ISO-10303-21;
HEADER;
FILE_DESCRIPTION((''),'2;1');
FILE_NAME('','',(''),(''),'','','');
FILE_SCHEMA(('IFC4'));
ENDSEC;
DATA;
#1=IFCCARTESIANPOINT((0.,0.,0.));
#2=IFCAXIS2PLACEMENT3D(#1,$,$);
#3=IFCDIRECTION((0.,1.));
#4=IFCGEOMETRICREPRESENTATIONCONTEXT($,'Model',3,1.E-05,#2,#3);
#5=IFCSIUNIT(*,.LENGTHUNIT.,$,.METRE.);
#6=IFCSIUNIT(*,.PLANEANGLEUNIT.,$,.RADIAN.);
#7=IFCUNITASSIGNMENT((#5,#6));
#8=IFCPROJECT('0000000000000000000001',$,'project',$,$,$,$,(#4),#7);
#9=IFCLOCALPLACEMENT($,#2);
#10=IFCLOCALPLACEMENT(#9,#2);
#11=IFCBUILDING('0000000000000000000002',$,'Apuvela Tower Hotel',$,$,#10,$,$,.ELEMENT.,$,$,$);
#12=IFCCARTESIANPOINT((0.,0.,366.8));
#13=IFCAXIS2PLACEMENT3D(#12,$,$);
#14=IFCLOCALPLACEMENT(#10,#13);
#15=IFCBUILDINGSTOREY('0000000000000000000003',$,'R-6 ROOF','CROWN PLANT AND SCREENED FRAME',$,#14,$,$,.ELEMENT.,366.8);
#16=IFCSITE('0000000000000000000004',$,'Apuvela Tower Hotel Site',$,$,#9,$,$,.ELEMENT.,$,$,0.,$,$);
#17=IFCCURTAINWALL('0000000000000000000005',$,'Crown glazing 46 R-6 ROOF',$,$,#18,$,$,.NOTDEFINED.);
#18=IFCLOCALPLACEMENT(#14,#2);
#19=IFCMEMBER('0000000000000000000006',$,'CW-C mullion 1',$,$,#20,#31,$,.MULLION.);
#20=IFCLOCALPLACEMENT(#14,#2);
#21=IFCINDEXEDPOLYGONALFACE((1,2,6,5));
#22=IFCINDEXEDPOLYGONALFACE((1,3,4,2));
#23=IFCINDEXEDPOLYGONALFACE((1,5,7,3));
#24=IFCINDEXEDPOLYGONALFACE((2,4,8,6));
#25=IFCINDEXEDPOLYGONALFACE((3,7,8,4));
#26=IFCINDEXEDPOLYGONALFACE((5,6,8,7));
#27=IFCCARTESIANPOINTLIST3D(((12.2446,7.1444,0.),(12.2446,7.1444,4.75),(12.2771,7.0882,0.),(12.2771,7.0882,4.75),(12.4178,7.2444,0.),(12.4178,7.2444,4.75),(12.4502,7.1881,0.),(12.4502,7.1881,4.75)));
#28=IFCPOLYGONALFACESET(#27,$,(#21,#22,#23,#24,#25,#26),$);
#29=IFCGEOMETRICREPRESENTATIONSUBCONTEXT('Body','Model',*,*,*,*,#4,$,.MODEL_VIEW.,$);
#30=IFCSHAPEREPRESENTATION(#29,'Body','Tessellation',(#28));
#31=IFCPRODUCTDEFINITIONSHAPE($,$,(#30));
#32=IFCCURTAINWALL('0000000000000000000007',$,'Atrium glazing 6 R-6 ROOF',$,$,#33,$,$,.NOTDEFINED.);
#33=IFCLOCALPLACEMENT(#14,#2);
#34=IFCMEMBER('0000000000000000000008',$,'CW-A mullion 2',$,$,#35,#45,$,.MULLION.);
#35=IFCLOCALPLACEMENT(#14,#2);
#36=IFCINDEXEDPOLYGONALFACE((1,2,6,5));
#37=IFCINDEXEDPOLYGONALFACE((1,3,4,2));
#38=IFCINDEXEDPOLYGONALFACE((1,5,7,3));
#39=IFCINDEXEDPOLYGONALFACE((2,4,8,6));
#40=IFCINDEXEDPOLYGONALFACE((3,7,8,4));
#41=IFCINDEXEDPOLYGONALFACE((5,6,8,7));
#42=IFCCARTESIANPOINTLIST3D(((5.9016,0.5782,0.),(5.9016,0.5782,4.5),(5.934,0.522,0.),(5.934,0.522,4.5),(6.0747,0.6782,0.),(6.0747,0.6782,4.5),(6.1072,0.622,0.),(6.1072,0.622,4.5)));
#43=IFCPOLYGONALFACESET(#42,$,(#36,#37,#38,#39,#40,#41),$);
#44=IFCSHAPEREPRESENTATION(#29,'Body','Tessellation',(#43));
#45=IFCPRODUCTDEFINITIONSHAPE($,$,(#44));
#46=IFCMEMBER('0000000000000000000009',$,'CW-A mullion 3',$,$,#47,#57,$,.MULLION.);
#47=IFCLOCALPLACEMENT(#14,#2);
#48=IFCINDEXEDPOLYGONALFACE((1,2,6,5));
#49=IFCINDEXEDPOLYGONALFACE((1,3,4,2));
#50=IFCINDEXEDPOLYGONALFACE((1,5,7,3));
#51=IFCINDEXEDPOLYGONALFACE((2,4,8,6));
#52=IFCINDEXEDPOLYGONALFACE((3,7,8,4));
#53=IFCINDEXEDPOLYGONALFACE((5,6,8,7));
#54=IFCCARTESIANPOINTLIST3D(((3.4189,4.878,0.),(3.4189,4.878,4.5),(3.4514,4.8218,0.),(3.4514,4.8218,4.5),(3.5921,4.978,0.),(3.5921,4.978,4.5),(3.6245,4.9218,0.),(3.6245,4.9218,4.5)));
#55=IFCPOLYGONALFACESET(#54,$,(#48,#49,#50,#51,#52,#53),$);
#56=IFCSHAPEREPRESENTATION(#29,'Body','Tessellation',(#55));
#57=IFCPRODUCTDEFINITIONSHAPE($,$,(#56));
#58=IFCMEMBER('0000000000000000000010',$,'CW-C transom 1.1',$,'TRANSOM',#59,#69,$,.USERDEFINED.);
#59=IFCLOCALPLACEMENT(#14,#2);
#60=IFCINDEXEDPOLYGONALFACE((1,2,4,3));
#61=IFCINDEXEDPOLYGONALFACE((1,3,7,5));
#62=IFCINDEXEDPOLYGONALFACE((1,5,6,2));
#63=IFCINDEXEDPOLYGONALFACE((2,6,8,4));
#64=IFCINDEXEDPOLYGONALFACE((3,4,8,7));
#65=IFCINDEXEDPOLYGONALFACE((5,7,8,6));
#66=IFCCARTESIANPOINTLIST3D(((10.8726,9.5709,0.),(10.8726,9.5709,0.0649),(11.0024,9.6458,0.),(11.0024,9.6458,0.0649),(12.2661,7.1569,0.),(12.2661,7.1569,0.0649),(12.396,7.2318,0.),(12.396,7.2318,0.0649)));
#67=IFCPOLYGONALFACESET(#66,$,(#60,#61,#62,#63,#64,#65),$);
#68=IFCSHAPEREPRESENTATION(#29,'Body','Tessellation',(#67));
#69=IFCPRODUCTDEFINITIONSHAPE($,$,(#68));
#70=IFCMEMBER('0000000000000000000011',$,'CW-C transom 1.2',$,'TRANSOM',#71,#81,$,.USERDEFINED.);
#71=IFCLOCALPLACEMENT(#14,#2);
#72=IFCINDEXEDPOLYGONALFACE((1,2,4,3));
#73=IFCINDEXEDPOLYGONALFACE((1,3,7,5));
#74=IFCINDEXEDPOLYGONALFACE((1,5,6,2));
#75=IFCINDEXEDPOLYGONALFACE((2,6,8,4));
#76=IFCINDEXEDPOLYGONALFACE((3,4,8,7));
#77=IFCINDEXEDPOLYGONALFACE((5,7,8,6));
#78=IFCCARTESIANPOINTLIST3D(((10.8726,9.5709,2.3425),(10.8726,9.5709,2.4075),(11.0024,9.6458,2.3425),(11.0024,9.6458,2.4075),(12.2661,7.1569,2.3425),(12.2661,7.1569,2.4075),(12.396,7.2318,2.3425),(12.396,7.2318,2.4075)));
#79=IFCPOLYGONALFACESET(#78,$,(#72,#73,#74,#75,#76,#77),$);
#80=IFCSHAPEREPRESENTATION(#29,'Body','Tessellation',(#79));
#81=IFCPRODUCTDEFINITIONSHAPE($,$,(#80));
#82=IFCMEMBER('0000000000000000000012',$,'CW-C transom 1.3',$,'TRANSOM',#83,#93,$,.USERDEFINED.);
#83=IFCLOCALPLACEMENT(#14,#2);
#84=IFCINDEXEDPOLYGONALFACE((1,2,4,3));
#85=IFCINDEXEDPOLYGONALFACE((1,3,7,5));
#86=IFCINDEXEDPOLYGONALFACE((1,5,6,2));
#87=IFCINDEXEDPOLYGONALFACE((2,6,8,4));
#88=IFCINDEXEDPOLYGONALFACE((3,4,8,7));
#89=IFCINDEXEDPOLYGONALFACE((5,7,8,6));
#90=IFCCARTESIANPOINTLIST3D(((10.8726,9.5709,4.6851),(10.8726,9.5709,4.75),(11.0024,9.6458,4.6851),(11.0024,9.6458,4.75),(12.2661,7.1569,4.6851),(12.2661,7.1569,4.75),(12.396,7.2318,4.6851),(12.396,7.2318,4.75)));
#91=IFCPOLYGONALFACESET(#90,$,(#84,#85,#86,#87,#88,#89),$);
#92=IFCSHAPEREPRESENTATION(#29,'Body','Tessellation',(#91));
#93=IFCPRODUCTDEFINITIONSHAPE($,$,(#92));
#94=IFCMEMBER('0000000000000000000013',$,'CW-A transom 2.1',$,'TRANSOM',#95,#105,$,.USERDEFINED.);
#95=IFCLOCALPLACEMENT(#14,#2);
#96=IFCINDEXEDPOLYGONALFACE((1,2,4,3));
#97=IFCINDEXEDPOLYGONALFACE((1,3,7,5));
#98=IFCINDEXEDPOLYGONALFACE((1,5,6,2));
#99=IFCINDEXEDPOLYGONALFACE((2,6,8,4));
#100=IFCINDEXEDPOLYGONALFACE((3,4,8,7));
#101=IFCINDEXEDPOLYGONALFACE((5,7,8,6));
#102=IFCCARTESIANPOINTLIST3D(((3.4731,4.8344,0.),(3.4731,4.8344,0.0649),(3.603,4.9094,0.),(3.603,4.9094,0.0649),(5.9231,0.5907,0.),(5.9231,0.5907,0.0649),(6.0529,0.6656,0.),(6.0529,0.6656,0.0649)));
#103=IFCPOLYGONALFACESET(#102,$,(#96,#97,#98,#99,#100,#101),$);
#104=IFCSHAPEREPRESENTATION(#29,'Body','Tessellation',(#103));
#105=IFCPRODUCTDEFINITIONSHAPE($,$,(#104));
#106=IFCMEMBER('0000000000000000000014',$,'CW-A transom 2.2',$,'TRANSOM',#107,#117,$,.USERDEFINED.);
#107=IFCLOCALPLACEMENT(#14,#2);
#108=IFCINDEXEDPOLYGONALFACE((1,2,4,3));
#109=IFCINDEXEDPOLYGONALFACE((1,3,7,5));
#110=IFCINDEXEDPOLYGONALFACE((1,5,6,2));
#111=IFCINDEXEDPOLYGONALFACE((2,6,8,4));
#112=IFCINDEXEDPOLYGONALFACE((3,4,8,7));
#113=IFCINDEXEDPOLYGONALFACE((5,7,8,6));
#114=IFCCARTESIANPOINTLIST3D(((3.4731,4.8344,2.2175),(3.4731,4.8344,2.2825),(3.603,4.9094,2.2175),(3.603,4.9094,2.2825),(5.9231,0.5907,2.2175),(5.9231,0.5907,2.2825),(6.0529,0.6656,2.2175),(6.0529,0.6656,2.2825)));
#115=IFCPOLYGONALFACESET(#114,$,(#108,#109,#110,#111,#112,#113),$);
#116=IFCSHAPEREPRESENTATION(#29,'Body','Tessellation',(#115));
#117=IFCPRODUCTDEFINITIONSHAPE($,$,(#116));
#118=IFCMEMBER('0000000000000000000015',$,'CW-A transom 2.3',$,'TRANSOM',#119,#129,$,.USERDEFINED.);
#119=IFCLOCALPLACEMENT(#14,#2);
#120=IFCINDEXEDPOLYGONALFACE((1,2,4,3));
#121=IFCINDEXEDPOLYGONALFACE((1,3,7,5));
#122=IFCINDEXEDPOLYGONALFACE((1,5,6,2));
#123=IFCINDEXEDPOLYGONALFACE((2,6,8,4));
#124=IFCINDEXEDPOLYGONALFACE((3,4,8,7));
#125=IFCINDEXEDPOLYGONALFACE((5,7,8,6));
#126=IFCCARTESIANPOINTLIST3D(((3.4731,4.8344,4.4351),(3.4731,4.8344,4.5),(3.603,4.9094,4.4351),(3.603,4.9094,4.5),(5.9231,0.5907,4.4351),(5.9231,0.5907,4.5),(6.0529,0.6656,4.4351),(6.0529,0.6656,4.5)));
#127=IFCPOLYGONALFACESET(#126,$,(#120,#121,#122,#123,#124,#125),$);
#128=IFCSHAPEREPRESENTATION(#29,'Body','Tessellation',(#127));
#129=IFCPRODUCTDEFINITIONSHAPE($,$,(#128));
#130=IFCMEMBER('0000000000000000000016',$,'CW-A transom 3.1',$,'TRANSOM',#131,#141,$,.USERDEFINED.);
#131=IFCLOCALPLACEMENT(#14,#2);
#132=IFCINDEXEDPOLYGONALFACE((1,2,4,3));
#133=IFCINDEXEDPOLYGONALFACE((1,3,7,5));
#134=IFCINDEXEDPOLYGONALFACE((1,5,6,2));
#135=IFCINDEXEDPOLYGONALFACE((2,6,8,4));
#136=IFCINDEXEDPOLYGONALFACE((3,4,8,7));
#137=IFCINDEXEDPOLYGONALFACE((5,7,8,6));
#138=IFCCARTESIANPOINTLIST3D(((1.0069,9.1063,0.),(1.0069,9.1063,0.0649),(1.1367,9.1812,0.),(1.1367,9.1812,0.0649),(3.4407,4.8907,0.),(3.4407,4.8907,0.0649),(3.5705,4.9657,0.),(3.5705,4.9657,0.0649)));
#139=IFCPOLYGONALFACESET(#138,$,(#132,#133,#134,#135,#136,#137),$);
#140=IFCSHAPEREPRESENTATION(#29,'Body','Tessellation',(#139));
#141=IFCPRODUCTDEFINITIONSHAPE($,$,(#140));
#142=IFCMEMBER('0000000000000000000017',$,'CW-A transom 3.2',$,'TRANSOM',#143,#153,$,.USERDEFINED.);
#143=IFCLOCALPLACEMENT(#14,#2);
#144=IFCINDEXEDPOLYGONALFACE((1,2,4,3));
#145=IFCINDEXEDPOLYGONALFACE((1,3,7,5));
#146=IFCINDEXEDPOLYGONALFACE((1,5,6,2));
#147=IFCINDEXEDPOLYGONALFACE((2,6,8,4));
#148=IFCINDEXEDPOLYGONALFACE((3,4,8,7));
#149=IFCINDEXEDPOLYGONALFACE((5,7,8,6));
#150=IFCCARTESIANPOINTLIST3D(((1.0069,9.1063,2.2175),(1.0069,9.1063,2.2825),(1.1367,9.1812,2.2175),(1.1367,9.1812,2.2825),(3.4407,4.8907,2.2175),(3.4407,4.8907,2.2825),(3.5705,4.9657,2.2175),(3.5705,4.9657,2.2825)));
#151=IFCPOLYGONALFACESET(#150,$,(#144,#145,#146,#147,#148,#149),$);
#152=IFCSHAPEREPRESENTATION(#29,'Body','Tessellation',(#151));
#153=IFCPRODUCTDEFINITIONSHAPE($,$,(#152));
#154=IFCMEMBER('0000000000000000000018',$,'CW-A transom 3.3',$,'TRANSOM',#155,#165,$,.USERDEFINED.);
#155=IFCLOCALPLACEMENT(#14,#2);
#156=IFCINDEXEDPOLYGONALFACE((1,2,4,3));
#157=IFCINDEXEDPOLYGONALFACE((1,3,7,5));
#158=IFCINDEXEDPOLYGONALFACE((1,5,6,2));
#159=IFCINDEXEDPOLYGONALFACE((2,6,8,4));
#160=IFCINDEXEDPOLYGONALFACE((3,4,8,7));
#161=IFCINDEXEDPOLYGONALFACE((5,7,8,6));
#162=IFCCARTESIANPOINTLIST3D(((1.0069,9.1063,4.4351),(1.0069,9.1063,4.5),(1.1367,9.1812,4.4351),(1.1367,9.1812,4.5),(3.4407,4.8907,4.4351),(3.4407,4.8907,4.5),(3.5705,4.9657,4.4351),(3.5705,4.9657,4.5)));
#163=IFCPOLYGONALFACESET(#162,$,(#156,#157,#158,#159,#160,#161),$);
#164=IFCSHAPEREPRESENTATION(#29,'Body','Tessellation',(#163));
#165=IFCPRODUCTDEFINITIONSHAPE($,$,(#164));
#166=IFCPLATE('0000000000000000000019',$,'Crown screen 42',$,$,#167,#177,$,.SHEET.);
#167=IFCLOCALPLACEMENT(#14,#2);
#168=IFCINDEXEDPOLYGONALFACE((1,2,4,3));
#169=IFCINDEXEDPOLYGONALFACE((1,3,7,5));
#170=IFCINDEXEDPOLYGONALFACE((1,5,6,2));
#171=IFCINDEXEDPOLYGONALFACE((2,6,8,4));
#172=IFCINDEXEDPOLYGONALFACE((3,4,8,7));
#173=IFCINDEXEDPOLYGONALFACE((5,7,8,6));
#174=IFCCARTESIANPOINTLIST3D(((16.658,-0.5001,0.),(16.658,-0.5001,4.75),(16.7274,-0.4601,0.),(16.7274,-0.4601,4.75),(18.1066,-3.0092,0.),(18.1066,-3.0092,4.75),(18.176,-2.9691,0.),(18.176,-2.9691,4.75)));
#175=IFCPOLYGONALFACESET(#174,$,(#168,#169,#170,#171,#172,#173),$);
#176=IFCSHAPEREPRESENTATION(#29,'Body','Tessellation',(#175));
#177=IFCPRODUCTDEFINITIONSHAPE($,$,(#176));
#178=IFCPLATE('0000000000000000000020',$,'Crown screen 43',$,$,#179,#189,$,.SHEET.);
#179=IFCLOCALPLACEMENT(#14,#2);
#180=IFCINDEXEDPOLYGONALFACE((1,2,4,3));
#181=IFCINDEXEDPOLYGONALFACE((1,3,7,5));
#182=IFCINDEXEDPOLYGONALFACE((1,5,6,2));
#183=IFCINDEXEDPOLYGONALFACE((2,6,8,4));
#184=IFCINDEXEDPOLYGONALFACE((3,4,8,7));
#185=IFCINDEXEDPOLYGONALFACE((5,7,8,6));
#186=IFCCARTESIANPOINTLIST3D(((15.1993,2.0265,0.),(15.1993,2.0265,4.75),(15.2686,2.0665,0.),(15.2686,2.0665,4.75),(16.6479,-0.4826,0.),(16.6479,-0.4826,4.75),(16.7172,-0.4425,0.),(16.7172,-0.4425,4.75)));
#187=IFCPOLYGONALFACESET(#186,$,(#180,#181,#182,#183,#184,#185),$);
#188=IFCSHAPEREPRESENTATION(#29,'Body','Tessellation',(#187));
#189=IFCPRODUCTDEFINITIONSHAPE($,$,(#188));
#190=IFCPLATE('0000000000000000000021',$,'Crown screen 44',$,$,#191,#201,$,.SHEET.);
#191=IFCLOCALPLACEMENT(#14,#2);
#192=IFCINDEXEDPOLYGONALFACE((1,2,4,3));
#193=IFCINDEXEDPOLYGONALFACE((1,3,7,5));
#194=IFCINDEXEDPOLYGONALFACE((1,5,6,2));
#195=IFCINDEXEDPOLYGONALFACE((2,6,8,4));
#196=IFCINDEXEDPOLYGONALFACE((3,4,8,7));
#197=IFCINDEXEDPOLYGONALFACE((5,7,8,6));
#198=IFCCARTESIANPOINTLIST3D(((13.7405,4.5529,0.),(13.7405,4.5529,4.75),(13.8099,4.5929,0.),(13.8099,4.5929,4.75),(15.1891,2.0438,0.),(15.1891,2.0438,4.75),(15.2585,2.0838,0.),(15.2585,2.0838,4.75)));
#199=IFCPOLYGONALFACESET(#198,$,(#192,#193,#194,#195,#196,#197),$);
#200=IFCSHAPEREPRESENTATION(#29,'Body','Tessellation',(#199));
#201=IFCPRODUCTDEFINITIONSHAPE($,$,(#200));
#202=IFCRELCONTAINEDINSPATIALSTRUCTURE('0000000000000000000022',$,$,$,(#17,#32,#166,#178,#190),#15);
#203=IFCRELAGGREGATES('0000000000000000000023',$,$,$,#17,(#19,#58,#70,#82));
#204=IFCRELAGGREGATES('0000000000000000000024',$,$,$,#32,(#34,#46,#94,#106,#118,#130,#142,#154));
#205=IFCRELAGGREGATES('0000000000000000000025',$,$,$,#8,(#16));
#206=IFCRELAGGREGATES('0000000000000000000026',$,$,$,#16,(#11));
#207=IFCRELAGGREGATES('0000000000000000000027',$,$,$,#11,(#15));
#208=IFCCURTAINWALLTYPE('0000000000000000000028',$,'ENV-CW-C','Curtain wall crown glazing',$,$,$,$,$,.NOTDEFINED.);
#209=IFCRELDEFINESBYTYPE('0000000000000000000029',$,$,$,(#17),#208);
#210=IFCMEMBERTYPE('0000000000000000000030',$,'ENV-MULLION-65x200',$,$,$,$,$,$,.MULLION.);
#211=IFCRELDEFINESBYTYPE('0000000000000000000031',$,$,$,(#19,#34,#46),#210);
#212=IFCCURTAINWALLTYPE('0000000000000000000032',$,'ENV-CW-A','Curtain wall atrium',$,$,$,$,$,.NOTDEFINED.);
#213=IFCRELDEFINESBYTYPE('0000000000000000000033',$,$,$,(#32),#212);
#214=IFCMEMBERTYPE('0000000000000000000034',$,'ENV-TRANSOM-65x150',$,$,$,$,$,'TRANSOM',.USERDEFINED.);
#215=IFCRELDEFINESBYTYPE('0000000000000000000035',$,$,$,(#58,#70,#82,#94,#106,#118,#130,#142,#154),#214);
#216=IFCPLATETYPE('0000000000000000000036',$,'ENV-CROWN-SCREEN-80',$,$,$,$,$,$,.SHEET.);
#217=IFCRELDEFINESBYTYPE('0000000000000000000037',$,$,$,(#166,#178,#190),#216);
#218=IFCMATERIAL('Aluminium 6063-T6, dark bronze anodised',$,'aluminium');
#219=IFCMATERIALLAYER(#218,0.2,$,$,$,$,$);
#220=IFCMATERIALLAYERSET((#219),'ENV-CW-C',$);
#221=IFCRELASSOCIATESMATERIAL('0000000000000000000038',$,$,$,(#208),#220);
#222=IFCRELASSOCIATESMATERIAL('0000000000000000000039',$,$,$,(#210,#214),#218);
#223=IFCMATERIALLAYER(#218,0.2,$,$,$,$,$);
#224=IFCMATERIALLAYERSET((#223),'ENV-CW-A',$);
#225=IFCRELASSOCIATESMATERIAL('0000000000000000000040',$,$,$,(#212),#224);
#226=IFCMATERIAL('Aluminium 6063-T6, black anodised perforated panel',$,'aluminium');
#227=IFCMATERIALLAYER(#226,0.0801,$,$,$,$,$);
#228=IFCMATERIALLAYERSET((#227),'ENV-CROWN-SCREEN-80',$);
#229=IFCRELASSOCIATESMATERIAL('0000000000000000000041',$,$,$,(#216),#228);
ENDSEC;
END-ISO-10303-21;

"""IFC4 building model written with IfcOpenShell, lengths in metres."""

from ifc_helpers import new_model, si_unit, direction, frame, origin, origin_2d, place, context, subcontext, project, spatial, rectangle, extrude, material, layer, layer_set, material_profile, profile_set, type_object, element, aggregate, save


model = new_model("IFC4")

# Units and contexts
model_context = context("Model", 3, precision=1e-05, world=origin(), true_north=direction((0.0, 1.0)))
body_context = subcontext(model_context, "Body", "Model", "MODEL_VIEW")
ifc_project = project(units=[si_unit("LENGTHUNIT", "METRE"), si_unit("PLANEANGLEUNIT", "RADIAN")], contexts=[model_context])

# Site, building, storey
site_placement = place(None, origin())
site = spatial("IfcSite", under=ifc_project, at=site_placement, Name="Apuvela Tower Hotel Site", CompositionType="ELEMENT", RefElevation=0.0)
building_placement = place(site_placement, origin())
building = spatial("IfcBuilding", under=site, at=building_placement, Name="Apuvela Tower Hotel", CompositionType="ELEMENT")
storey_placement = place(building_placement, frame((0.0, 0.0, 366.8)))
storey = spatial("IfcBuildingStorey", under=building, at=storey_placement, Name="R-6 ROOF", Description="CROWN PLANT AND SCREENED FRAME", CompositionType="ELEMENT", Elevation=366.8)

# Curtain wall, member
ifc_material_1 = material(Name="Aluminium 6063-T6, dark bronze anodised", Category="aluminium")
ifc_layer_1 = layer(ifc_material_1, 0.2)
ifc_layer_set_1 = layer_set([ifc_layer_1], Name="ENV-CW-C")
curtain_wall_type_1 = type_object("IfcCurtainWallType", Name="ENV-CW-C", Description="Curtain wall crown glazing", PredefinedType="NOTDEFINED", material=ifc_layer_set_1)
curtain_wall_1_placement = place(storey_placement, origin())
curtain_wall_1 = element("IfcCurtainWall", 1, at=curtain_wall_1_placement, inside=storey, type_object=curtain_wall_type_1, Name="Crown glazing 46 R-6 ROOF", PredefinedType="NOTDEFINED")
ifc_material_profile_1 = material_profile(ifc_material_1, rectangle(XDim=0.2, YDim=0.0649, at=origin_2d()), Name="AL 65x200")
ifc_profile_set_1 = profile_set([ifc_material_profile_1], Name="Aluminium 6063-T6, dark bronze anodised")
member_type_1 = type_object("IfcMemberType", Name="ENV-MULLION-65x200", PredefinedType="MULLION", material=ifc_profile_set_1)
member_1_placement = place(storey_placement, frame((12.3474, 7.1663, 0.0), z_axis=(0.0, 0.0, 1.0), x_axis=(-0.866022, -0.500006, 0.0)))
member_1 = element("IfcMember", 2, at=member_1_placement, type_object=member_type_1, Name="CW-C mullion 1", PredefinedType="MULLION", context=body_context, shape_type="SweptSolid", body=[
    extrude(rectangle(XDim=0.2, YDim=0.0649, at=origin_2d()), origin(), (0.0, 0.0, 1.0), 4.75),
])

# Curtain wall, members
ifc_layer_2 = layer(ifc_material_1, 0.2)
ifc_layer_set_2 = layer_set([ifc_layer_2], Name="ENV-CW-A")
curtain_wall_type_2 = type_object("IfcCurtainWallType", Name="ENV-CW-A", Description="Curtain wall atrium", PredefinedType="NOTDEFINED", material=ifc_layer_set_2)
curtain_wall_2_placement = place(storey_placement, origin())
curtain_wall_2 = element("IfcCurtainWall", 3, at=curtain_wall_2_placement, inside=storey, type_object=curtain_wall_type_2, Name="Atrium glazing 6 R-6 ROOF", PredefinedType="NOTDEFINED")
member_2_placement = place(storey_placement, frame((6.0044, 0.6001, 0.0), z_axis=(0.0, 0.0, 1.0), x_axis=(-0.866026, -0.499999, 0.0)))
member_2 = element("IfcMember", 4, at=member_2_placement, type_object=member_type_1, Name="CW-A mullion 2", PredefinedType="MULLION", context=body_context, shape_type="SweptSolid", body=[
    extrude(rectangle(XDim=0.2, YDim=0.0649, at=origin_2d()), origin(), (0.0, 0.0, 1.0), 4.5),
])
member_3_placement = place(storey_placement, frame((3.5217, 4.8999, 0.0), z_axis=(0.0, 0.0, 1.0), x_axis=(-0.866026, -0.499999, 0.0)))
member_3 = element("IfcMember", 5, at=member_3_placement, type_object=member_type_1, Name="CW-A mullion 3", PredefinedType="MULLION", context=body_context, shape_type="SweptSolid", body=[
    extrude(rectangle(XDim=0.2, YDim=0.0649, at=origin_2d()), origin(), (0.0, 0.0, 1.0), 4.5),
])

# Members
ifc_material_profile_2 = material_profile(ifc_material_1, rectangle(XDim=0.1499, YDim=0.0649, at=origin_2d()), Name="AL 65x150 transom")
ifc_profile_set_2 = profile_set([ifc_material_profile_2], Name="Aluminium 6063-T6, dark bronze anodised")
member_type_2 = type_object("IfcMemberType", Name="ENV-TRANSOM-65x150", ElementType="TRANSOM", PredefinedType="USERDEFINED", material=ifc_profile_set_2)
member_4_placement = place(storey_placement, frame((12.3311, 7.1943, 0.0325), z_axis=(-0.499945, 0.866057, 0.0), x_axis=(-0.866057, -0.499945, 0.0)))
member_4 = element("IfcMember", 6, at=member_4_placement, type_object=member_type_2, Name="CW-C transom 1.1", ObjectType="TRANSOM", PredefinedType="USERDEFINED", context=body_context, shape_type="SweptSolid", body=[
    extrude(rectangle(XDim=0.1499, YDim=0.0649, at=origin_2d()), origin(), (0.0, 0.0, 1.0), 2.7874),
])
member_5_placement = place(storey_placement, frame((12.3311, 7.1943, 2.375), z_axis=(-0.499945, 0.866057, 0.0), x_axis=(-0.866057, -0.499945, 0.0)))
member_5 = element("IfcMember", 7, at=member_5_placement, type_object=member_type_2, Name="CW-C transom 1.2", ObjectType="TRANSOM", PredefinedType="USERDEFINED", context=body_context, shape_type="SweptSolid", body=[
    extrude(rectangle(XDim=0.1499, YDim=0.0649, at=origin_2d()), origin(), (0.0, 0.0, 1.0), 2.7874),
])
member_6_placement = place(storey_placement, frame((12.3311, 7.1943, 4.7175), z_axis=(-0.499945, 0.866057, 0.0), x_axis=(-0.866057, -0.499945, 0.0)))
member_6 = element("IfcMember", 8, at=member_6_placement, type_object=member_type_2, Name="CW-C transom 1.3", ObjectType="TRANSOM", PredefinedType="USERDEFINED", context=body_context, shape_type="SweptSolid", body=[
    extrude(rectangle(XDim=0.1499, YDim=0.0649, at=origin_2d()), origin(), (0.0, 0.0, 1.0), 2.7874),
])
aggregate(curtain_wall_1, [member_1, member_4, member_5, member_6])
member_7_placement = place(storey_placement, frame((5.988, 0.6282, 0.0325), z_axis=(-0.499981, 0.866036, 0.0), x_axis=(-0.866036, -0.499981, 0.0)))
member_7 = element("IfcMember", 9, at=member_7_placement, type_object=member_type_2, Name="CW-A transom 2.1", ObjectType="TRANSOM", PredefinedType="USERDEFINED", context=body_context, shape_type="SweptSolid", body=[
    extrude(rectangle(XDim=0.1499, YDim=0.0649, at=origin_2d()), origin(), (0.0, 0.0, 1.0), 4.9001),
])
member_8_placement = place(storey_placement, frame((5.988, 0.6282, 2.25), z_axis=(-0.499981, 0.866036, 0.0), x_axis=(-0.866036, -0.499981, 0.0)))
member_8 = element("IfcMember", 10, at=member_8_placement, type_object=member_type_2, Name="CW-A transom 2.2", ObjectType="TRANSOM", PredefinedType="USERDEFINED", context=body_context, shape_type="SweptSolid", body=[
    extrude(rectangle(XDim=0.1499, YDim=0.0649, at=origin_2d()), origin(), (0.0, 0.0, 1.0), 4.9001),
])
member_9_placement = place(storey_placement, frame((5.988, 0.6282, 4.4675), z_axis=(-0.499981, 0.866036, 0.0), x_axis=(-0.866036, -0.499981, 0.0)))
member_9 = element("IfcMember", 11, at=member_9_placement, type_object=member_type_2, Name="CW-A transom 2.3", ObjectType="TRANSOM", PredefinedType="USERDEFINED", context=body_context, shape_type="SweptSolid", body=[
    extrude(rectangle(XDim=0.1499, YDim=0.0649, at=origin_2d()), origin(), (0.0, 0.0, 1.0), 4.9001),
])
member_10_placement = place(storey_placement, frame((3.5056, 4.9282, 0.0325), z_axis=(-0.499996, 0.866028, 0.0), x_axis=(-0.866028, -0.499996, 0.0)))
member_10 = element("IfcMember", 12, at=member_10_placement, type_object=member_type_2, Name="CW-A transom 3.1", ObjectType="TRANSOM", PredefinedType="USERDEFINED", context=body_context, shape_type="SweptSolid", body=[
    extrude(rectangle(XDim=0.1499, YDim=0.0649, at=origin_2d()), origin(), (0.0, 0.0, 1.0), 4.8677),
])
member_11_placement = place(storey_placement, frame((3.5056, 4.9282, 2.25), z_axis=(-0.499996, 0.866028, 0.0), x_axis=(-0.866028, -0.499996, 0.0)))
member_11 = element("IfcMember", 13, at=member_11_placement, type_object=member_type_2, Name="CW-A transom 3.2", ObjectType="TRANSOM", PredefinedType="USERDEFINED", context=body_context, shape_type="SweptSolid", body=[
    extrude(rectangle(XDim=0.1499, YDim=0.0649, at=origin_2d()), origin(), (0.0, 0.0, 1.0), 4.8677),
])
member_12_placement = place(storey_placement, frame((3.5056, 4.9282, 4.4675), z_axis=(-0.499996, 0.866028, 0.0), x_axis=(-0.866028, -0.499996, 0.0)))
member_12 = element("IfcMember", 14, at=member_12_placement, type_object=member_type_2, Name="CW-A transom 3.3", ObjectType="TRANSOM", PredefinedType="USERDEFINED", context=body_context, shape_type="SweptSolid", body=[
    extrude(rectangle(XDim=0.1499, YDim=0.0649, at=origin_2d()), origin(), (0.0, 0.0, 1.0), 4.8677),
])

# Plates
ifc_material_2 = material(Name="Aluminium 6063-T6, black anodised perforated panel", Category="aluminium")
ifc_layer_3 = layer(ifc_material_2, 0.0801)
ifc_layer_set_3 = layer_set([ifc_layer_3], Name="ENV-CROWN-SCREEN-80")
plate_type_1 = type_object("IfcPlateType", Name="ENV-CROWN-SCREEN-80", PredefinedType="SHEET", material=ifc_layer_set_3)
for number, where, z_axis, x_axis, name in (
    (15, (17.417, -1.7346, 0.0), (0.0, 0.0, 1.0), (-0.5, 0.866025, 0.0), "Crown screen 42"),
    (16, (15.9583, 0.792, 0.0), (0.0, 0.0, 1.0), (-0.5, 0.866025, 0.0), "Crown screen 43"),
    (17, (14.4995, 3.3184, 0.0), (0.0, 0.0, 1.0), (-0.5, 0.866025, 0.0), "Crown screen 44"),
):
    element("IfcPlate", number, at=place(storey_placement, frame(where, z_axis=z_axis, x_axis=x_axis)), inside=storey, type_object=plate_type_1, Name=name, PredefinedType="SHEET", context=body_context, shape_type="SweptSolid", body=[
        extrude(rectangle(XDim=2.8972, YDim=0.0801, at=origin_2d()), origin(), (0.0, 0.0, 1.0), 4.75),
    ])

aggregate(curtain_wall_2, [member_2, member_3, member_7, member_8, member_9, member_10, member_11, member_12])

save(model, "model.ifc")
